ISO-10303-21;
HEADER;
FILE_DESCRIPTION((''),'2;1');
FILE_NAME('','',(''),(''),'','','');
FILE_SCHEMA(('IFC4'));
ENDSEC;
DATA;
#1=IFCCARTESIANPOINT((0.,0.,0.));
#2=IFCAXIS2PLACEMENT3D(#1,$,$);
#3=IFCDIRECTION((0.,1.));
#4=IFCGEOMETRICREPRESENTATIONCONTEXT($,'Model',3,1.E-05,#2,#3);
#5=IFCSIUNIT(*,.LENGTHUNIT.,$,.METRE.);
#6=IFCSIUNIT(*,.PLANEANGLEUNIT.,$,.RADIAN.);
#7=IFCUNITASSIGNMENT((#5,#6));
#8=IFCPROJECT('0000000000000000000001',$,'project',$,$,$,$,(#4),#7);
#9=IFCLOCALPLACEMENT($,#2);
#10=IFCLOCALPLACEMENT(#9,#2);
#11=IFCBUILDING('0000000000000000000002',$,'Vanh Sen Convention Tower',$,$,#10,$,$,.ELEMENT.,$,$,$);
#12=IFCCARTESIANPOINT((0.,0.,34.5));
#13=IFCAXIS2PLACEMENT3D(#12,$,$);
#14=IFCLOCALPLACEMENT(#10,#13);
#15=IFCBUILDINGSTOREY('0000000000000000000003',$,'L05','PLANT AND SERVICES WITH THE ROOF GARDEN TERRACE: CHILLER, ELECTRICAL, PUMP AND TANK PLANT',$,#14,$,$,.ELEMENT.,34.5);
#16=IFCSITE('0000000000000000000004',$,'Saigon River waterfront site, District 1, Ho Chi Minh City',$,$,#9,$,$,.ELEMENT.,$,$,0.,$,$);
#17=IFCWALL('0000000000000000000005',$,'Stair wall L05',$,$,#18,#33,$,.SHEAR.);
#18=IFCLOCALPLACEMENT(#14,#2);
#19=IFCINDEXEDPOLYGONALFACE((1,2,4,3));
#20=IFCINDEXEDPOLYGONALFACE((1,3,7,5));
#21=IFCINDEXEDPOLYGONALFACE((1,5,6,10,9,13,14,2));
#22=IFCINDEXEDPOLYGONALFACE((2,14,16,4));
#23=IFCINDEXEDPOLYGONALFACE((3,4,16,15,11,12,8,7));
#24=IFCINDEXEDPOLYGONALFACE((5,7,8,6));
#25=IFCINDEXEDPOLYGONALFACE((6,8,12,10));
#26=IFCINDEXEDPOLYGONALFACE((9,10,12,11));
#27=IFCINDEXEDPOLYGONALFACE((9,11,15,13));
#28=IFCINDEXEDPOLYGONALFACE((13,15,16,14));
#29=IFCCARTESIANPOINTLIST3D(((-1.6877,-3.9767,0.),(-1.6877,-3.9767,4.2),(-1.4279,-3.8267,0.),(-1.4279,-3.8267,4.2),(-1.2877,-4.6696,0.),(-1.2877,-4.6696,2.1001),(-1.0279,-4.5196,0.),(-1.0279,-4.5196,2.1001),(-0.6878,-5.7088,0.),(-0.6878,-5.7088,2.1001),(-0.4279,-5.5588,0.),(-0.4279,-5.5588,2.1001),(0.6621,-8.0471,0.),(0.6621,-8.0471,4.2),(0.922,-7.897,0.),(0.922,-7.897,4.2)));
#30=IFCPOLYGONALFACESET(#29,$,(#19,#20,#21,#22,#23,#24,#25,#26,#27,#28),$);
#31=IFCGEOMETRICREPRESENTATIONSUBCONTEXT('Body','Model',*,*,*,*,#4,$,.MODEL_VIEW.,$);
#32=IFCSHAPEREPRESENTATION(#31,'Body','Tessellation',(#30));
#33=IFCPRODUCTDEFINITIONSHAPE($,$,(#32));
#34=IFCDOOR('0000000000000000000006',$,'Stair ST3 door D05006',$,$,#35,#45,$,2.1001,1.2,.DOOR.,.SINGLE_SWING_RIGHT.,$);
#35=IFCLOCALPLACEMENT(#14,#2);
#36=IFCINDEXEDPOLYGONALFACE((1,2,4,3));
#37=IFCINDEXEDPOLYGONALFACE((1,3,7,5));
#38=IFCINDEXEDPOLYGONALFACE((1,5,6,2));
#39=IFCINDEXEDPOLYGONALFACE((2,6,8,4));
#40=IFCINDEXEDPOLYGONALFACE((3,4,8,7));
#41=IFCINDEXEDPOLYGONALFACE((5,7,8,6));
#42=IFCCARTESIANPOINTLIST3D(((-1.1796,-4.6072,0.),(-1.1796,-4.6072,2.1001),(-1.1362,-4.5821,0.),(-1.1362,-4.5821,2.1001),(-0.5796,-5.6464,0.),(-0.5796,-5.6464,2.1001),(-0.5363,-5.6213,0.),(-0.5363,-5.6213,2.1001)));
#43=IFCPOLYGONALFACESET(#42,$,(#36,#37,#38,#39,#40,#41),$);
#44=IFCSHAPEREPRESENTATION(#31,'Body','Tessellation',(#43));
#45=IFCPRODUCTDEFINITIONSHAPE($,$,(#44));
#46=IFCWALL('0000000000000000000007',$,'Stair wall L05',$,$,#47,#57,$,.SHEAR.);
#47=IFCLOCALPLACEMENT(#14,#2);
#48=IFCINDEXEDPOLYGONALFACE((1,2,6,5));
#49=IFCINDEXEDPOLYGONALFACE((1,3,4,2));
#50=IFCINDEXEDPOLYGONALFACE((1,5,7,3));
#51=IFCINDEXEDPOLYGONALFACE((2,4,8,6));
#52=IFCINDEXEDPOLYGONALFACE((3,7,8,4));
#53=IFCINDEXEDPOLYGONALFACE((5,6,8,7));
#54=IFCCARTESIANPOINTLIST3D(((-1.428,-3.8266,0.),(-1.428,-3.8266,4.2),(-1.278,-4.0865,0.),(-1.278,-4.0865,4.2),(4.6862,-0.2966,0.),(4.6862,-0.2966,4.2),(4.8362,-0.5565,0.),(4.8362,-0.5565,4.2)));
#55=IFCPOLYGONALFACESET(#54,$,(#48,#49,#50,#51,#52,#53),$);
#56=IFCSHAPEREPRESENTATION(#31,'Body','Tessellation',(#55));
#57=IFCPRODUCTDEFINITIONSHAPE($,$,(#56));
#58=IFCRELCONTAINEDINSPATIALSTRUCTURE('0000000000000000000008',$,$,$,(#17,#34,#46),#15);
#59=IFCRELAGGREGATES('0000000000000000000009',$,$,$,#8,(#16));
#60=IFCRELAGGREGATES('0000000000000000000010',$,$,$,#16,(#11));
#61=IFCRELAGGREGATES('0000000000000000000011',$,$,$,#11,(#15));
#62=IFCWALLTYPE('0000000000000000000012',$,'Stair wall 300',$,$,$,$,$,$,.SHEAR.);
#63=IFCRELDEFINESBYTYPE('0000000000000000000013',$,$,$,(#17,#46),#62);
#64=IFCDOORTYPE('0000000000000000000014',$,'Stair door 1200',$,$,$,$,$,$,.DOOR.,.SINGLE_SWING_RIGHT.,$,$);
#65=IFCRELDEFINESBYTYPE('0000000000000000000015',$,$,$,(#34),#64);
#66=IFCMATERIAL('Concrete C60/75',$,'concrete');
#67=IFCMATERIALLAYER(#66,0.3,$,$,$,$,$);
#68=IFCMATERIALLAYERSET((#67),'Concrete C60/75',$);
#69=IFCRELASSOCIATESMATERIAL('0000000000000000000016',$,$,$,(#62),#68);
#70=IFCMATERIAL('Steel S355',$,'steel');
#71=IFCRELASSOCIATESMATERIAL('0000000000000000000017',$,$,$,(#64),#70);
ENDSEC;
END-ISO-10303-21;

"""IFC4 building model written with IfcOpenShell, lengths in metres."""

from ifc_helpers import new_model, si_unit, direction, frame, frame_2d, origin, place, context, subcontext, project, spatial, rectangle, extrude, material, layer, layer_set, type_object, element, fill, save


model = new_model("IFC4")

# Units and contexts
model_context = context("Model", 3, precision=1e-05, world=origin(), true_north=direction((0.0, 1.0)))
body_context = subcontext(model_context, "Body", "Model", "MODEL_VIEW")
ifc_project = project(units=[si_unit("LENGTHUNIT", "METRE"), si_unit("PLANEANGLEUNIT", "RADIAN")], contexts=[model_context])

# Site, building, storey
site_placement = place(None, origin())
site = spatial("IfcSite", under=ifc_project, at=site_placement, Name="Saigon River waterfront site, District 1, Ho Chi Minh City", CompositionType="ELEMENT", RefElevation=0.0)
building_placement = place(site_placement, origin())
building = spatial("IfcBuilding", under=site, at=building_placement, Name="Vanh Sen Convention Tower", CompositionType="ELEMENT")
storey_placement = place(building_placement, frame((0.0, 0.0, 34.5)))
storey = spatial("IfcBuildingStorey", under=building, at=storey_placement, Name="L05", Description="PLANT AND SERVICES WITH THE ROOF GARDEN TERRACE: CHILLER, ELECTRICAL, PUMP AND TANK PLANT", CompositionType="ELEMENT", Elevation=34.5)

# Shared definitions
ifc_material_1 = material(Name="Steel S355", Category="steel")

# Shared definitions
ifc_material_2 = material(Name="Concrete C60/75", Category="concrete")
ifc_layer_1 = layer(ifc_material_2, 0.3)
ifc_layer_set_1 = layer_set([ifc_layer_1], Name="Concrete C60/75")
wall_type_1 = type_object("IfcWallType", Name="Stair wall 300", PredefinedType="SHEAR", material=ifc_layer_set_1)

# Wall, opening, door
wall_1_placement = place(storey_placement, frame((-1.5579, -3.9016, 0.0), z_axis=(0.0, 0.0, 1.0), x_axis=(0.499977, -0.866039, 0.0)))
wall_1 = element("IfcWall", 1, at=wall_1_placement, inside=storey, type_object=wall_type_1, Name="Stair wall L05", PredefinedType="SHEAR", context=body_context, shape_type="SweptSolid", body=[
    extrude(rectangle(XDim=4.7, YDim=0.3, at=frame_2d((2.3501, 0.0))), origin(), (0.0, 0.0, 1.0), 4.2),
])
opening_1_placement = place(wall_1_placement, frame((0.8, 0.0, 0.0)))
opening_1 = element("IfcOpeningElement", 2, at=opening_1_placement, cuts=wall_1, PredefinedType="OPENING", context=body_context, shape_type="SweptSolid", body=[
    extrude(rectangle(XDim=1.2, YDim=2.1001, at=frame_2d((0.6001, 1.05))), frame((0.0, 0.1599, 0.0), z_axis=(0.0, -1.0, 0.0), x_axis=(1.0, 0.0, 0.0)), (0.0, 0.0, 1.0), 0.3201),
])
door_type_1 = type_object("IfcDoorType", Name="Stair door 1200", OperationType="SINGLE_SWING_RIGHT", PredefinedType="DOOR", material=ifc_material_1)
door_1_placement = place(opening_1_placement, origin())
door_1 = element("IfcDoor", 3, at=door_1_placement, inside=storey, type_object=door_type_1, Name="Stair ST3 door D05006", OperationType="SINGLE_SWING_RIGHT", OverallHeight=2.1001, OverallWidth=1.2, PredefinedType="DOOR", context=body_context, shape_type="SweptSolid", body=[
    extrude(rectangle(XDim=1.2, YDim=2.1001, at=frame_2d((0.6001, 1.05))), frame((0.0, 0.0249, 0.0), z_axis=(0.0, -1.0, 0.0), x_axis=(1.0, 0.0, 0.0)), (0.0, 0.0, 1.0), 0.05),
])
fill(opening_1, door_1)

# Wall
wall_2_placement = place(storey_placement, frame((-1.353, -3.9565, 0.0), z_axis=(0.0, 0.0, 1.0), x_axis=(0.866028, 0.499996, 0.0)))
element("IfcWall", 4, at=wall_2_placement, inside=storey, type_object=wall_type_1, Name="Stair wall L05", PredefinedType="SHEAR", context=body_context, shape_type="SweptSolid", body=[
    extrude(rectangle(XDim=7.0601, YDim=0.3, at=frame_2d((3.53, 0.0))), origin(), (0.0, 0.0, 1.0), 4.2),
])

save(model, "model.ifc")
